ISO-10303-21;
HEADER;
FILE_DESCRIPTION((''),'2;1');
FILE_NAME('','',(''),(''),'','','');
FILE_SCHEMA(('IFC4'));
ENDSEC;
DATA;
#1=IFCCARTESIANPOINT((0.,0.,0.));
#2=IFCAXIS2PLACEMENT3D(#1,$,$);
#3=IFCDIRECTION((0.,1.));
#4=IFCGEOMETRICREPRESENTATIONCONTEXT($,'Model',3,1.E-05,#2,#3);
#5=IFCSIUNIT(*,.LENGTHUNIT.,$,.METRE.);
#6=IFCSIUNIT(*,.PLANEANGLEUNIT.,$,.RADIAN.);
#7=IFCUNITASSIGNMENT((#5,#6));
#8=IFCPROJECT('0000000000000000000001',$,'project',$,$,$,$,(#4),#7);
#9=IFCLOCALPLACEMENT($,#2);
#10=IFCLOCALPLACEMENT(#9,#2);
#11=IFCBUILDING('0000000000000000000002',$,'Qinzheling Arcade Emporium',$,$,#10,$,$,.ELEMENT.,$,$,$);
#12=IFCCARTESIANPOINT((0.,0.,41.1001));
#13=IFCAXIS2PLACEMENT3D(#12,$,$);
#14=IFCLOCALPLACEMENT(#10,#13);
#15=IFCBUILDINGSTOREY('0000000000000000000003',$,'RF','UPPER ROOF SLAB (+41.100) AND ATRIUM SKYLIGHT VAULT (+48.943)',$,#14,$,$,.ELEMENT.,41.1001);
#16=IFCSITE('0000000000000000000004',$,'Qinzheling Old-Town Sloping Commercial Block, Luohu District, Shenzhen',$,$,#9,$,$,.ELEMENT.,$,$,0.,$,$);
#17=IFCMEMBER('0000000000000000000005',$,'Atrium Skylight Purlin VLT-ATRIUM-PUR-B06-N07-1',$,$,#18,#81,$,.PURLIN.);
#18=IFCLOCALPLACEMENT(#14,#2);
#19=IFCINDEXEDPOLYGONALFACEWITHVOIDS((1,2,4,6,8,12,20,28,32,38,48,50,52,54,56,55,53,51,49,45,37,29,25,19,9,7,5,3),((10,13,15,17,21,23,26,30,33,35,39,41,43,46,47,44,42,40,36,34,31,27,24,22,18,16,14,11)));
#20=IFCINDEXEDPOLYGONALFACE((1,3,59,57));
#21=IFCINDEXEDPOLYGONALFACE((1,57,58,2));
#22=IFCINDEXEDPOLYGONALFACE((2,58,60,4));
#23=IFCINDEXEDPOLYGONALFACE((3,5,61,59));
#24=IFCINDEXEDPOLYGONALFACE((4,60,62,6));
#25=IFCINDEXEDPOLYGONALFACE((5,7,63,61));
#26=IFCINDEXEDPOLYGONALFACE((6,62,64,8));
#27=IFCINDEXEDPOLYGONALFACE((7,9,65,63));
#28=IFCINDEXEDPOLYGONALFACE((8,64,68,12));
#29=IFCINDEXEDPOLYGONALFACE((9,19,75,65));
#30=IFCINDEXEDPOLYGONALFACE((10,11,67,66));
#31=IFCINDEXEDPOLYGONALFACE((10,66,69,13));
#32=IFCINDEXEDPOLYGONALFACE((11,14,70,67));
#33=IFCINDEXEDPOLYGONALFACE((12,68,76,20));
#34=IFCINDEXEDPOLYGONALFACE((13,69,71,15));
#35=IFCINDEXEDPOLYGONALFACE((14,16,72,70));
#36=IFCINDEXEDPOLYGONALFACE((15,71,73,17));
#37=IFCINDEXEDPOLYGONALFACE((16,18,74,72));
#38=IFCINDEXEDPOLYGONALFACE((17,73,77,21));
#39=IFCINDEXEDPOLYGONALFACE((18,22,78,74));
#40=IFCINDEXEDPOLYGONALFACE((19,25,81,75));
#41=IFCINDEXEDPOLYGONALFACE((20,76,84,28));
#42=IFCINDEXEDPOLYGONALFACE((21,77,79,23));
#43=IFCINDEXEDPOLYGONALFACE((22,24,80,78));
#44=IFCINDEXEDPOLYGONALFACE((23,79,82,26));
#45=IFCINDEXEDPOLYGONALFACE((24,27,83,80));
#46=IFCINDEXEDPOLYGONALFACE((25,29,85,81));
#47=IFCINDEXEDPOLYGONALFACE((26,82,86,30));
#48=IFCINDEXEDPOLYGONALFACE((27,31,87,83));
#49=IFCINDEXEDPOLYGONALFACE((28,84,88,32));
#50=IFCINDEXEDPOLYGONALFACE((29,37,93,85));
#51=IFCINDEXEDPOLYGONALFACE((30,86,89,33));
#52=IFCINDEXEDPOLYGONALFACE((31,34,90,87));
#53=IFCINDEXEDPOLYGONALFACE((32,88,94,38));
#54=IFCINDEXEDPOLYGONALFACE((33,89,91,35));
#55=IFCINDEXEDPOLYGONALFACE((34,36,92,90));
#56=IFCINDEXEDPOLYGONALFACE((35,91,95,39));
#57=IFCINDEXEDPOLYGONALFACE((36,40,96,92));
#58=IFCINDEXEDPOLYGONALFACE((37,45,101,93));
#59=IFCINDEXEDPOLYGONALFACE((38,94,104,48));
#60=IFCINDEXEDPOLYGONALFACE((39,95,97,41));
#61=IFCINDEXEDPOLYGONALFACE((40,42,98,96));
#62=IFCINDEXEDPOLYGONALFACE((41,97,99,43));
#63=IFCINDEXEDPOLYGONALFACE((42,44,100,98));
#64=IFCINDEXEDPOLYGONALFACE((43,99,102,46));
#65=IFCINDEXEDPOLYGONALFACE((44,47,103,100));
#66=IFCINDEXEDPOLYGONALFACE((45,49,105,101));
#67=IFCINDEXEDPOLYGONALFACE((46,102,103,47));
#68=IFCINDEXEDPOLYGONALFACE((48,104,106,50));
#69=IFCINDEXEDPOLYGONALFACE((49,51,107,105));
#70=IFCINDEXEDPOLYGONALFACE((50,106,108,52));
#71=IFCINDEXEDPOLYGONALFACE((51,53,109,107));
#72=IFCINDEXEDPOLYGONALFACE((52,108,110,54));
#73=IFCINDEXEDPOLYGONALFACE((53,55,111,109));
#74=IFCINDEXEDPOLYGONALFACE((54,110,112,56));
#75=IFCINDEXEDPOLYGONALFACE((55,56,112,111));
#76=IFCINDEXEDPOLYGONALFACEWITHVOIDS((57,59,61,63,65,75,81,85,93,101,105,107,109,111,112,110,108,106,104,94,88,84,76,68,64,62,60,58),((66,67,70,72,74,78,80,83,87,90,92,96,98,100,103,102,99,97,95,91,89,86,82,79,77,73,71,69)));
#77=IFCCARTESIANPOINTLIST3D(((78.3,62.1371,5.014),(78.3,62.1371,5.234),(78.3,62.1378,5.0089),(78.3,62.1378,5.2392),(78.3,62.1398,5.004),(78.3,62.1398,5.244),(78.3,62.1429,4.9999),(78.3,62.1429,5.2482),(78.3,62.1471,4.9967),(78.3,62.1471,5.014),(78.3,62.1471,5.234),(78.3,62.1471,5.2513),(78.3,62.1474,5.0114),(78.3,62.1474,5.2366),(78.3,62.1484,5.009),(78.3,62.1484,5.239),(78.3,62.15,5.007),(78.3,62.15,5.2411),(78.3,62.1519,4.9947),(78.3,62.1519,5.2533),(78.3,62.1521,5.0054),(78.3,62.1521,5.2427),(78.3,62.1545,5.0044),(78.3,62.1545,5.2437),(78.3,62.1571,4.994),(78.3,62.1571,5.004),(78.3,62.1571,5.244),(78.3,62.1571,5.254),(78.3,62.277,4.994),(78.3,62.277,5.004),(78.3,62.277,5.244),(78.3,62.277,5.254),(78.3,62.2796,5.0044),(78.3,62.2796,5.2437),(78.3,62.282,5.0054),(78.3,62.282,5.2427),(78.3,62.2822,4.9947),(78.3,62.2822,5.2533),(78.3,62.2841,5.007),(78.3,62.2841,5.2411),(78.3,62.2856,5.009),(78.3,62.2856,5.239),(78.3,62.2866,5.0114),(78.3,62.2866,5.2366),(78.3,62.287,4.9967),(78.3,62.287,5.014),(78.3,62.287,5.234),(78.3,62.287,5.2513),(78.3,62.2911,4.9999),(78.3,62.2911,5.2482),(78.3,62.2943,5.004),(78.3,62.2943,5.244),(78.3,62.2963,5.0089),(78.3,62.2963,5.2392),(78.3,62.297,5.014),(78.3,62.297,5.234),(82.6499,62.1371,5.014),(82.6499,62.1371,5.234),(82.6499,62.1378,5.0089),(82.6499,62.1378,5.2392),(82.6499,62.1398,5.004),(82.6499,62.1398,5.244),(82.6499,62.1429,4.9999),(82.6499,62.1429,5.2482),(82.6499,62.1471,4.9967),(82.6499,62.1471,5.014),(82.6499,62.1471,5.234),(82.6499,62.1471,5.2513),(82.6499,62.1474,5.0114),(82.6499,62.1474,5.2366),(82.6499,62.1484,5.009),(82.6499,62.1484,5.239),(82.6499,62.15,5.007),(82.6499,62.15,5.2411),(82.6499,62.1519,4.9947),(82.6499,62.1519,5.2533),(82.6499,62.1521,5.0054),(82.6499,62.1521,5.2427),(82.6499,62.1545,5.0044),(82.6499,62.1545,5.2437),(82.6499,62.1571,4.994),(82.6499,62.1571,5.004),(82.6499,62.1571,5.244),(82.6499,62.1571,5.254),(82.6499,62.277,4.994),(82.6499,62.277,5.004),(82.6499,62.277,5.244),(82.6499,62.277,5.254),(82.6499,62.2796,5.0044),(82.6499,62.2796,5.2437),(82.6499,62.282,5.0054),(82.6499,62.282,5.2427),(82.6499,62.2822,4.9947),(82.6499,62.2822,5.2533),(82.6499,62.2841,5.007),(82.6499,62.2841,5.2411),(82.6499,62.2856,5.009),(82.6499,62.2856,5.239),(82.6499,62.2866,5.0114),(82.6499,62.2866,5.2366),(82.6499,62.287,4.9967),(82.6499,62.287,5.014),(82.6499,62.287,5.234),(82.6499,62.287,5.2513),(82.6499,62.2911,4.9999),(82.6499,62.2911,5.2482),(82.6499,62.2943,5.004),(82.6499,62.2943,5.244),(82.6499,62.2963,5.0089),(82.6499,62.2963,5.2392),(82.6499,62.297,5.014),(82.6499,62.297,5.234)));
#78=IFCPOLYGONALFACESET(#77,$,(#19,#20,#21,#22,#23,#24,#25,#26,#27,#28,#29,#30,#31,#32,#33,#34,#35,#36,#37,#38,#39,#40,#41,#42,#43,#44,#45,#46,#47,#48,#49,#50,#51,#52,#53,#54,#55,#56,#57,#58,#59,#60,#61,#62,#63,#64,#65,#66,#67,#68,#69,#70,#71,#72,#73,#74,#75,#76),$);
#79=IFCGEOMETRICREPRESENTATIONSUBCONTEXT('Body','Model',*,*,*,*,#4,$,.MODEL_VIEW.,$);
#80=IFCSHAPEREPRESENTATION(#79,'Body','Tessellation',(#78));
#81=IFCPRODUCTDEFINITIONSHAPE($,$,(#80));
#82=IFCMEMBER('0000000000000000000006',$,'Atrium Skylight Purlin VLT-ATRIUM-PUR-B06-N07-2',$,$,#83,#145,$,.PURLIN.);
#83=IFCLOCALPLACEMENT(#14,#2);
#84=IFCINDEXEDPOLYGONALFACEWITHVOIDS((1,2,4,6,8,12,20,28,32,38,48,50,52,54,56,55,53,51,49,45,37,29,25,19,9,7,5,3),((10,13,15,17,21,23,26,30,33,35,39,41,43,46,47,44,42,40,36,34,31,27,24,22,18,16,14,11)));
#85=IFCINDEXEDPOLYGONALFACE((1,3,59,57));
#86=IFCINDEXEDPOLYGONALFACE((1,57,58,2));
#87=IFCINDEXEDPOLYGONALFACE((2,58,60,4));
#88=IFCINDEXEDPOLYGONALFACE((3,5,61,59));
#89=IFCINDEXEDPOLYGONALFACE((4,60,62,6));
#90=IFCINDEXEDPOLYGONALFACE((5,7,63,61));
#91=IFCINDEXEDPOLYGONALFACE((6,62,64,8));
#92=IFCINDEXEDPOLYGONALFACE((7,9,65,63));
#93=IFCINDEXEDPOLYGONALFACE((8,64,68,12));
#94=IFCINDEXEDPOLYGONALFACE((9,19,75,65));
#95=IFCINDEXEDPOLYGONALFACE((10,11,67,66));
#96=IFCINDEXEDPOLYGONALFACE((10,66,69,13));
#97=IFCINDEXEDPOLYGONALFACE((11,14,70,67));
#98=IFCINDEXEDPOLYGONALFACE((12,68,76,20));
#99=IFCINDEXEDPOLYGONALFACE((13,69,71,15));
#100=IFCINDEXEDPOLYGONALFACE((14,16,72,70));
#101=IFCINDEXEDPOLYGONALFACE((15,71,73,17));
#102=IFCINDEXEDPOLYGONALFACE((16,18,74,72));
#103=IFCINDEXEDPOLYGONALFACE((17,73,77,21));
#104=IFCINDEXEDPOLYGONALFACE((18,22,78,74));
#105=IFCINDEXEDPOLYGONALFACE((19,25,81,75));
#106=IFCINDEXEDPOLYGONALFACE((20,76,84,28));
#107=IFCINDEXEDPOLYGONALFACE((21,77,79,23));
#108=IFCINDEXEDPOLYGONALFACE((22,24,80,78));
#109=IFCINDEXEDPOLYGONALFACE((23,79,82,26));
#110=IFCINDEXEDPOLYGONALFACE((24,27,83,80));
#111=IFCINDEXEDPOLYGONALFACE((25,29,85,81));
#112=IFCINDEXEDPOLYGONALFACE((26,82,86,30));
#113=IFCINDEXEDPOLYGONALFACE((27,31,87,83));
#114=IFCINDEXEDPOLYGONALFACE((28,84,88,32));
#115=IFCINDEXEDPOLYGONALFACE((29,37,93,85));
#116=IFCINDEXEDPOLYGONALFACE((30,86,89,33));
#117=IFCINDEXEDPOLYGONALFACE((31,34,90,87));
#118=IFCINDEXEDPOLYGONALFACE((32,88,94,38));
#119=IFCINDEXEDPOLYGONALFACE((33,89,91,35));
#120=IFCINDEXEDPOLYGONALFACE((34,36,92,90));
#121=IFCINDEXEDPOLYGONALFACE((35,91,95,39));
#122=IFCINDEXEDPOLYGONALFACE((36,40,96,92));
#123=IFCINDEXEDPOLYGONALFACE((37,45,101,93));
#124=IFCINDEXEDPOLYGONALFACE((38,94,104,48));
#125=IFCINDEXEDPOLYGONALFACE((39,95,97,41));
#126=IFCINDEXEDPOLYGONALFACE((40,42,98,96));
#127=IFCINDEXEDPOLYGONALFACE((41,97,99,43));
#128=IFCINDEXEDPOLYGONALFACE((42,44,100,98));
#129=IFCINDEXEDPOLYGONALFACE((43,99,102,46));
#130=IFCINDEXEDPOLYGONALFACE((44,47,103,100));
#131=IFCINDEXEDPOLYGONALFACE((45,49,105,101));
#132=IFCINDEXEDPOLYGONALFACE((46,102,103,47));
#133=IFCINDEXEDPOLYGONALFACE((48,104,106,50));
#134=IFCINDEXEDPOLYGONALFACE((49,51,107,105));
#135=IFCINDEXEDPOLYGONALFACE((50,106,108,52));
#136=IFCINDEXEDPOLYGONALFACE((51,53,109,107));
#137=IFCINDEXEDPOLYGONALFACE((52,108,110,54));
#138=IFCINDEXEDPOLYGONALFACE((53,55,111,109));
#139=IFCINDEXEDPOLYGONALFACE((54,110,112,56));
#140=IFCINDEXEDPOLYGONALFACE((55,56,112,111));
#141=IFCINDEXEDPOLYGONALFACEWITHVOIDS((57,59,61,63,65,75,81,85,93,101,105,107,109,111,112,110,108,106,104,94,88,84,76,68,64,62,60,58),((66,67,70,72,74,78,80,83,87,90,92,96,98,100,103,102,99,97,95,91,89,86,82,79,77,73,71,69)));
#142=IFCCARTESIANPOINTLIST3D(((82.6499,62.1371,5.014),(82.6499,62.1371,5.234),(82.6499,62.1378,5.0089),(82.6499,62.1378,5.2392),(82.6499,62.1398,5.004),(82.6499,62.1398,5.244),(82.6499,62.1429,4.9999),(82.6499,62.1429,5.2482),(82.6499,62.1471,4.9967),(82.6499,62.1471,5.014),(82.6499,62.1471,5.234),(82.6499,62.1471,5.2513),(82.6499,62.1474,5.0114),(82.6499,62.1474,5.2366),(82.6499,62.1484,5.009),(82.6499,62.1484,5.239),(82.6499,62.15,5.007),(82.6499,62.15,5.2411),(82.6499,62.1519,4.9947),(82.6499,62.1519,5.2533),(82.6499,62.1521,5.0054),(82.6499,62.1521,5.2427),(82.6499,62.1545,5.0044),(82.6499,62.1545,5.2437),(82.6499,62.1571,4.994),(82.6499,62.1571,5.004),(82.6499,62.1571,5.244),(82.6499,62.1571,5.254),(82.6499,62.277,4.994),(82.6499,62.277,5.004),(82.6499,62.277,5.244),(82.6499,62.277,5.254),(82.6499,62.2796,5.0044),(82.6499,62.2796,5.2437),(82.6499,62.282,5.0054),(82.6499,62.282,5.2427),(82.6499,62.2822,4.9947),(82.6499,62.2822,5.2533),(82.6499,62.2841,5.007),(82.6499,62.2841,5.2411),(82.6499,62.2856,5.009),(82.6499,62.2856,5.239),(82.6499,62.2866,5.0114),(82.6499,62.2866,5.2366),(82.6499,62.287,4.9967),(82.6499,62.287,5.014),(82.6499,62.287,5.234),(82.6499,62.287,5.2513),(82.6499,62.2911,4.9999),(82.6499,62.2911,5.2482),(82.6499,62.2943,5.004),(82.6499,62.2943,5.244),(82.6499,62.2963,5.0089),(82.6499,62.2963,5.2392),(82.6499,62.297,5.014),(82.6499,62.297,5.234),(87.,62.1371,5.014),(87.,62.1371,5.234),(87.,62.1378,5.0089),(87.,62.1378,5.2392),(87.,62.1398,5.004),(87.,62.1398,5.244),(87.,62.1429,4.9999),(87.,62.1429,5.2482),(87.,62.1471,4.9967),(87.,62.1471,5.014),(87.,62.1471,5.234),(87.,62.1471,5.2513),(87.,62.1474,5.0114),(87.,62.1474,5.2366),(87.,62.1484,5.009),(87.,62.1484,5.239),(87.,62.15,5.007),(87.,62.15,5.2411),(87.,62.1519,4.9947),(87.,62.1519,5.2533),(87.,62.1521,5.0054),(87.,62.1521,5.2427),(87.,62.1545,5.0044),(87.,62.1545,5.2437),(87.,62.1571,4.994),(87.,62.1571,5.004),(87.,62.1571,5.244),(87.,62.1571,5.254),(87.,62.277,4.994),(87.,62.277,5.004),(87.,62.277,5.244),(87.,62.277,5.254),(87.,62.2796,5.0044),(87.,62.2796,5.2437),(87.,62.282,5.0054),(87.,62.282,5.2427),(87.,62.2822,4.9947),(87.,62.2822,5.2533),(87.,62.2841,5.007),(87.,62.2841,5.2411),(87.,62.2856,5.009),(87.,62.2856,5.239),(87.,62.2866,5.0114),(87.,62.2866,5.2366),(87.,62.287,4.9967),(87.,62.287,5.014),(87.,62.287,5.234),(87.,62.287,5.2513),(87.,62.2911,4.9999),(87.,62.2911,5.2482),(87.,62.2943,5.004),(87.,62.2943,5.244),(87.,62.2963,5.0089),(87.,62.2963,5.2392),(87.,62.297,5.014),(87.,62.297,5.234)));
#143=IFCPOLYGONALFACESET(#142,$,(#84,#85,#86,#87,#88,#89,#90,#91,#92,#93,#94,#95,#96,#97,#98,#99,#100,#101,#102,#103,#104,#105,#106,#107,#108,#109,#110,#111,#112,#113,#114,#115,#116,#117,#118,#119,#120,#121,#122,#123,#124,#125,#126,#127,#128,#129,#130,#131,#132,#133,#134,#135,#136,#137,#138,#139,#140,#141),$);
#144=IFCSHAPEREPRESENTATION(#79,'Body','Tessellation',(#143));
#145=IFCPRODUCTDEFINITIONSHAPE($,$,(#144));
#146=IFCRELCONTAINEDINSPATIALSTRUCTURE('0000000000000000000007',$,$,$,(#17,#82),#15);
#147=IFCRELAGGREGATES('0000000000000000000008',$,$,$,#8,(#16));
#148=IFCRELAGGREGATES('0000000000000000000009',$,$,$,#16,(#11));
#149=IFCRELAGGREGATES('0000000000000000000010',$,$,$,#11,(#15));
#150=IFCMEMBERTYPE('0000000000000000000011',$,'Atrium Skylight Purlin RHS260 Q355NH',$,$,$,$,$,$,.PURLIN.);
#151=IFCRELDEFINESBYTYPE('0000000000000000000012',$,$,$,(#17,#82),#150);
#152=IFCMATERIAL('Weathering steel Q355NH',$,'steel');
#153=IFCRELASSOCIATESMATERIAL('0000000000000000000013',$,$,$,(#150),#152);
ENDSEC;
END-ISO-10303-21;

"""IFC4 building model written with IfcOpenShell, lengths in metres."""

from ifc_helpers import new_model, si_unit, direction, frame, origin, origin_2d, place, context, subcontext, project, spatial, hollow_rectangle, extrude, material, material_profile, profile_set, type_object, element, save


model = new_model("IFC4")

# Units and contexts
model_context = context("Model", 3, precision=1e-05, world=origin(), true_north=direction((0.0, 1.0)))
body_context = subcontext(model_context, "Body", "Model", "MODEL_VIEW")
ifc_project = project(units=[si_unit("LENGTHUNIT", "METRE"), si_unit("PLANEANGLEUNIT", "RADIAN")], contexts=[model_context])

# Site, building, storey
site_placement = place(None, origin())
site = spatial("IfcSite", under=ifc_project, at=site_placement, Name="Qinzheling Old-Town Sloping Commercial Block, Luohu District, Shenzhen", CompositionType="ELEMENT", RefElevation=0.0)
building_placement = place(site_placement, origin())
building = spatial("IfcBuilding", under=site, at=building_placement, Name="Qinzheling Arcade Emporium", CompositionType="ELEMENT")
storey_placement = place(building_placement, frame((0.0, 0.0, 41.1001)))
storey = spatial("IfcBuildingStorey", under=building, at=storey_placement, Name="RF", Description="UPPER ROOF SLAB (+41.100) AND ATRIUM SKYLIGHT VAULT (+48.943)", CompositionType="ELEMENT", Elevation=41.1001)

# Shared definitions
ifc_material_1 = material(Name="Weathering steel Q355NH", Category="steel")

# Members
ifc_material_profile_1 = material_profile(ifc_material_1, hollow_rectangle(XDim=0.1599, YDim=0.26, WallThickness=0.01, InnerFilletRadius=0.01, OuterFilletRadius=0.02, at=origin_2d()), Name="RHS 260x160x10", Category="steel")
ifc_profile_set_1 = profile_set([ifc_material_profile_1], Name="Weathering steel Q355NH")
member_type = type_object("IfcMemberType", Name="Atrium Skylight Purlin RHS260 Q355NH", PredefinedType="PURLIN", material=ifc_profile_set_1)
member_1_placement = place(storey_placement, frame((78.3, 62.217, 5.124), z_axis=(1.0, 0.0, 0.0), x_axis=(0.0, 1.0, 0.0)))
element("IfcMember", 1, at=member_1_placement, inside=storey, type_object=member_type, Name="Atrium Skylight Purlin VLT-ATRIUM-PUR-B06-N07-1", PredefinedType="PURLIN", context=body_context, shape_type="SweptSolid", body=[
    extrude(hollow_rectangle(XDim=0.1599, YDim=0.26, WallThickness=0.01, InnerFilletRadius=0.01, OuterFilletRadius=0.02, at=origin_2d()), origin(), (0.0, 0.0, 1.0), 4.3499),
])
member_2_placement = place(storey_placement, frame((82.6499, 62.217, 5.124), z_axis=(1.0, 0.0, 0.0), x_axis=(0.0, 1.0, 0.0)))
element("IfcMember", 2, at=member_2_placement, inside=storey, type_object=member_type, Name="Atrium Skylight Purlin VLT-ATRIUM-PUR-B06-N07-2", PredefinedType="PURLIN", context=body_context, shape_type="SweptSolid", body=[
    extrude(hollow_rectangle(XDim=0.1599, YDim=0.26, WallThickness=0.01, InnerFilletRadius=0.01, OuterFilletRadius=0.02, at=origin_2d()), origin(), (0.0, 0.0, 1.0), 4.3501),
])

save(model, "model.ifc")
